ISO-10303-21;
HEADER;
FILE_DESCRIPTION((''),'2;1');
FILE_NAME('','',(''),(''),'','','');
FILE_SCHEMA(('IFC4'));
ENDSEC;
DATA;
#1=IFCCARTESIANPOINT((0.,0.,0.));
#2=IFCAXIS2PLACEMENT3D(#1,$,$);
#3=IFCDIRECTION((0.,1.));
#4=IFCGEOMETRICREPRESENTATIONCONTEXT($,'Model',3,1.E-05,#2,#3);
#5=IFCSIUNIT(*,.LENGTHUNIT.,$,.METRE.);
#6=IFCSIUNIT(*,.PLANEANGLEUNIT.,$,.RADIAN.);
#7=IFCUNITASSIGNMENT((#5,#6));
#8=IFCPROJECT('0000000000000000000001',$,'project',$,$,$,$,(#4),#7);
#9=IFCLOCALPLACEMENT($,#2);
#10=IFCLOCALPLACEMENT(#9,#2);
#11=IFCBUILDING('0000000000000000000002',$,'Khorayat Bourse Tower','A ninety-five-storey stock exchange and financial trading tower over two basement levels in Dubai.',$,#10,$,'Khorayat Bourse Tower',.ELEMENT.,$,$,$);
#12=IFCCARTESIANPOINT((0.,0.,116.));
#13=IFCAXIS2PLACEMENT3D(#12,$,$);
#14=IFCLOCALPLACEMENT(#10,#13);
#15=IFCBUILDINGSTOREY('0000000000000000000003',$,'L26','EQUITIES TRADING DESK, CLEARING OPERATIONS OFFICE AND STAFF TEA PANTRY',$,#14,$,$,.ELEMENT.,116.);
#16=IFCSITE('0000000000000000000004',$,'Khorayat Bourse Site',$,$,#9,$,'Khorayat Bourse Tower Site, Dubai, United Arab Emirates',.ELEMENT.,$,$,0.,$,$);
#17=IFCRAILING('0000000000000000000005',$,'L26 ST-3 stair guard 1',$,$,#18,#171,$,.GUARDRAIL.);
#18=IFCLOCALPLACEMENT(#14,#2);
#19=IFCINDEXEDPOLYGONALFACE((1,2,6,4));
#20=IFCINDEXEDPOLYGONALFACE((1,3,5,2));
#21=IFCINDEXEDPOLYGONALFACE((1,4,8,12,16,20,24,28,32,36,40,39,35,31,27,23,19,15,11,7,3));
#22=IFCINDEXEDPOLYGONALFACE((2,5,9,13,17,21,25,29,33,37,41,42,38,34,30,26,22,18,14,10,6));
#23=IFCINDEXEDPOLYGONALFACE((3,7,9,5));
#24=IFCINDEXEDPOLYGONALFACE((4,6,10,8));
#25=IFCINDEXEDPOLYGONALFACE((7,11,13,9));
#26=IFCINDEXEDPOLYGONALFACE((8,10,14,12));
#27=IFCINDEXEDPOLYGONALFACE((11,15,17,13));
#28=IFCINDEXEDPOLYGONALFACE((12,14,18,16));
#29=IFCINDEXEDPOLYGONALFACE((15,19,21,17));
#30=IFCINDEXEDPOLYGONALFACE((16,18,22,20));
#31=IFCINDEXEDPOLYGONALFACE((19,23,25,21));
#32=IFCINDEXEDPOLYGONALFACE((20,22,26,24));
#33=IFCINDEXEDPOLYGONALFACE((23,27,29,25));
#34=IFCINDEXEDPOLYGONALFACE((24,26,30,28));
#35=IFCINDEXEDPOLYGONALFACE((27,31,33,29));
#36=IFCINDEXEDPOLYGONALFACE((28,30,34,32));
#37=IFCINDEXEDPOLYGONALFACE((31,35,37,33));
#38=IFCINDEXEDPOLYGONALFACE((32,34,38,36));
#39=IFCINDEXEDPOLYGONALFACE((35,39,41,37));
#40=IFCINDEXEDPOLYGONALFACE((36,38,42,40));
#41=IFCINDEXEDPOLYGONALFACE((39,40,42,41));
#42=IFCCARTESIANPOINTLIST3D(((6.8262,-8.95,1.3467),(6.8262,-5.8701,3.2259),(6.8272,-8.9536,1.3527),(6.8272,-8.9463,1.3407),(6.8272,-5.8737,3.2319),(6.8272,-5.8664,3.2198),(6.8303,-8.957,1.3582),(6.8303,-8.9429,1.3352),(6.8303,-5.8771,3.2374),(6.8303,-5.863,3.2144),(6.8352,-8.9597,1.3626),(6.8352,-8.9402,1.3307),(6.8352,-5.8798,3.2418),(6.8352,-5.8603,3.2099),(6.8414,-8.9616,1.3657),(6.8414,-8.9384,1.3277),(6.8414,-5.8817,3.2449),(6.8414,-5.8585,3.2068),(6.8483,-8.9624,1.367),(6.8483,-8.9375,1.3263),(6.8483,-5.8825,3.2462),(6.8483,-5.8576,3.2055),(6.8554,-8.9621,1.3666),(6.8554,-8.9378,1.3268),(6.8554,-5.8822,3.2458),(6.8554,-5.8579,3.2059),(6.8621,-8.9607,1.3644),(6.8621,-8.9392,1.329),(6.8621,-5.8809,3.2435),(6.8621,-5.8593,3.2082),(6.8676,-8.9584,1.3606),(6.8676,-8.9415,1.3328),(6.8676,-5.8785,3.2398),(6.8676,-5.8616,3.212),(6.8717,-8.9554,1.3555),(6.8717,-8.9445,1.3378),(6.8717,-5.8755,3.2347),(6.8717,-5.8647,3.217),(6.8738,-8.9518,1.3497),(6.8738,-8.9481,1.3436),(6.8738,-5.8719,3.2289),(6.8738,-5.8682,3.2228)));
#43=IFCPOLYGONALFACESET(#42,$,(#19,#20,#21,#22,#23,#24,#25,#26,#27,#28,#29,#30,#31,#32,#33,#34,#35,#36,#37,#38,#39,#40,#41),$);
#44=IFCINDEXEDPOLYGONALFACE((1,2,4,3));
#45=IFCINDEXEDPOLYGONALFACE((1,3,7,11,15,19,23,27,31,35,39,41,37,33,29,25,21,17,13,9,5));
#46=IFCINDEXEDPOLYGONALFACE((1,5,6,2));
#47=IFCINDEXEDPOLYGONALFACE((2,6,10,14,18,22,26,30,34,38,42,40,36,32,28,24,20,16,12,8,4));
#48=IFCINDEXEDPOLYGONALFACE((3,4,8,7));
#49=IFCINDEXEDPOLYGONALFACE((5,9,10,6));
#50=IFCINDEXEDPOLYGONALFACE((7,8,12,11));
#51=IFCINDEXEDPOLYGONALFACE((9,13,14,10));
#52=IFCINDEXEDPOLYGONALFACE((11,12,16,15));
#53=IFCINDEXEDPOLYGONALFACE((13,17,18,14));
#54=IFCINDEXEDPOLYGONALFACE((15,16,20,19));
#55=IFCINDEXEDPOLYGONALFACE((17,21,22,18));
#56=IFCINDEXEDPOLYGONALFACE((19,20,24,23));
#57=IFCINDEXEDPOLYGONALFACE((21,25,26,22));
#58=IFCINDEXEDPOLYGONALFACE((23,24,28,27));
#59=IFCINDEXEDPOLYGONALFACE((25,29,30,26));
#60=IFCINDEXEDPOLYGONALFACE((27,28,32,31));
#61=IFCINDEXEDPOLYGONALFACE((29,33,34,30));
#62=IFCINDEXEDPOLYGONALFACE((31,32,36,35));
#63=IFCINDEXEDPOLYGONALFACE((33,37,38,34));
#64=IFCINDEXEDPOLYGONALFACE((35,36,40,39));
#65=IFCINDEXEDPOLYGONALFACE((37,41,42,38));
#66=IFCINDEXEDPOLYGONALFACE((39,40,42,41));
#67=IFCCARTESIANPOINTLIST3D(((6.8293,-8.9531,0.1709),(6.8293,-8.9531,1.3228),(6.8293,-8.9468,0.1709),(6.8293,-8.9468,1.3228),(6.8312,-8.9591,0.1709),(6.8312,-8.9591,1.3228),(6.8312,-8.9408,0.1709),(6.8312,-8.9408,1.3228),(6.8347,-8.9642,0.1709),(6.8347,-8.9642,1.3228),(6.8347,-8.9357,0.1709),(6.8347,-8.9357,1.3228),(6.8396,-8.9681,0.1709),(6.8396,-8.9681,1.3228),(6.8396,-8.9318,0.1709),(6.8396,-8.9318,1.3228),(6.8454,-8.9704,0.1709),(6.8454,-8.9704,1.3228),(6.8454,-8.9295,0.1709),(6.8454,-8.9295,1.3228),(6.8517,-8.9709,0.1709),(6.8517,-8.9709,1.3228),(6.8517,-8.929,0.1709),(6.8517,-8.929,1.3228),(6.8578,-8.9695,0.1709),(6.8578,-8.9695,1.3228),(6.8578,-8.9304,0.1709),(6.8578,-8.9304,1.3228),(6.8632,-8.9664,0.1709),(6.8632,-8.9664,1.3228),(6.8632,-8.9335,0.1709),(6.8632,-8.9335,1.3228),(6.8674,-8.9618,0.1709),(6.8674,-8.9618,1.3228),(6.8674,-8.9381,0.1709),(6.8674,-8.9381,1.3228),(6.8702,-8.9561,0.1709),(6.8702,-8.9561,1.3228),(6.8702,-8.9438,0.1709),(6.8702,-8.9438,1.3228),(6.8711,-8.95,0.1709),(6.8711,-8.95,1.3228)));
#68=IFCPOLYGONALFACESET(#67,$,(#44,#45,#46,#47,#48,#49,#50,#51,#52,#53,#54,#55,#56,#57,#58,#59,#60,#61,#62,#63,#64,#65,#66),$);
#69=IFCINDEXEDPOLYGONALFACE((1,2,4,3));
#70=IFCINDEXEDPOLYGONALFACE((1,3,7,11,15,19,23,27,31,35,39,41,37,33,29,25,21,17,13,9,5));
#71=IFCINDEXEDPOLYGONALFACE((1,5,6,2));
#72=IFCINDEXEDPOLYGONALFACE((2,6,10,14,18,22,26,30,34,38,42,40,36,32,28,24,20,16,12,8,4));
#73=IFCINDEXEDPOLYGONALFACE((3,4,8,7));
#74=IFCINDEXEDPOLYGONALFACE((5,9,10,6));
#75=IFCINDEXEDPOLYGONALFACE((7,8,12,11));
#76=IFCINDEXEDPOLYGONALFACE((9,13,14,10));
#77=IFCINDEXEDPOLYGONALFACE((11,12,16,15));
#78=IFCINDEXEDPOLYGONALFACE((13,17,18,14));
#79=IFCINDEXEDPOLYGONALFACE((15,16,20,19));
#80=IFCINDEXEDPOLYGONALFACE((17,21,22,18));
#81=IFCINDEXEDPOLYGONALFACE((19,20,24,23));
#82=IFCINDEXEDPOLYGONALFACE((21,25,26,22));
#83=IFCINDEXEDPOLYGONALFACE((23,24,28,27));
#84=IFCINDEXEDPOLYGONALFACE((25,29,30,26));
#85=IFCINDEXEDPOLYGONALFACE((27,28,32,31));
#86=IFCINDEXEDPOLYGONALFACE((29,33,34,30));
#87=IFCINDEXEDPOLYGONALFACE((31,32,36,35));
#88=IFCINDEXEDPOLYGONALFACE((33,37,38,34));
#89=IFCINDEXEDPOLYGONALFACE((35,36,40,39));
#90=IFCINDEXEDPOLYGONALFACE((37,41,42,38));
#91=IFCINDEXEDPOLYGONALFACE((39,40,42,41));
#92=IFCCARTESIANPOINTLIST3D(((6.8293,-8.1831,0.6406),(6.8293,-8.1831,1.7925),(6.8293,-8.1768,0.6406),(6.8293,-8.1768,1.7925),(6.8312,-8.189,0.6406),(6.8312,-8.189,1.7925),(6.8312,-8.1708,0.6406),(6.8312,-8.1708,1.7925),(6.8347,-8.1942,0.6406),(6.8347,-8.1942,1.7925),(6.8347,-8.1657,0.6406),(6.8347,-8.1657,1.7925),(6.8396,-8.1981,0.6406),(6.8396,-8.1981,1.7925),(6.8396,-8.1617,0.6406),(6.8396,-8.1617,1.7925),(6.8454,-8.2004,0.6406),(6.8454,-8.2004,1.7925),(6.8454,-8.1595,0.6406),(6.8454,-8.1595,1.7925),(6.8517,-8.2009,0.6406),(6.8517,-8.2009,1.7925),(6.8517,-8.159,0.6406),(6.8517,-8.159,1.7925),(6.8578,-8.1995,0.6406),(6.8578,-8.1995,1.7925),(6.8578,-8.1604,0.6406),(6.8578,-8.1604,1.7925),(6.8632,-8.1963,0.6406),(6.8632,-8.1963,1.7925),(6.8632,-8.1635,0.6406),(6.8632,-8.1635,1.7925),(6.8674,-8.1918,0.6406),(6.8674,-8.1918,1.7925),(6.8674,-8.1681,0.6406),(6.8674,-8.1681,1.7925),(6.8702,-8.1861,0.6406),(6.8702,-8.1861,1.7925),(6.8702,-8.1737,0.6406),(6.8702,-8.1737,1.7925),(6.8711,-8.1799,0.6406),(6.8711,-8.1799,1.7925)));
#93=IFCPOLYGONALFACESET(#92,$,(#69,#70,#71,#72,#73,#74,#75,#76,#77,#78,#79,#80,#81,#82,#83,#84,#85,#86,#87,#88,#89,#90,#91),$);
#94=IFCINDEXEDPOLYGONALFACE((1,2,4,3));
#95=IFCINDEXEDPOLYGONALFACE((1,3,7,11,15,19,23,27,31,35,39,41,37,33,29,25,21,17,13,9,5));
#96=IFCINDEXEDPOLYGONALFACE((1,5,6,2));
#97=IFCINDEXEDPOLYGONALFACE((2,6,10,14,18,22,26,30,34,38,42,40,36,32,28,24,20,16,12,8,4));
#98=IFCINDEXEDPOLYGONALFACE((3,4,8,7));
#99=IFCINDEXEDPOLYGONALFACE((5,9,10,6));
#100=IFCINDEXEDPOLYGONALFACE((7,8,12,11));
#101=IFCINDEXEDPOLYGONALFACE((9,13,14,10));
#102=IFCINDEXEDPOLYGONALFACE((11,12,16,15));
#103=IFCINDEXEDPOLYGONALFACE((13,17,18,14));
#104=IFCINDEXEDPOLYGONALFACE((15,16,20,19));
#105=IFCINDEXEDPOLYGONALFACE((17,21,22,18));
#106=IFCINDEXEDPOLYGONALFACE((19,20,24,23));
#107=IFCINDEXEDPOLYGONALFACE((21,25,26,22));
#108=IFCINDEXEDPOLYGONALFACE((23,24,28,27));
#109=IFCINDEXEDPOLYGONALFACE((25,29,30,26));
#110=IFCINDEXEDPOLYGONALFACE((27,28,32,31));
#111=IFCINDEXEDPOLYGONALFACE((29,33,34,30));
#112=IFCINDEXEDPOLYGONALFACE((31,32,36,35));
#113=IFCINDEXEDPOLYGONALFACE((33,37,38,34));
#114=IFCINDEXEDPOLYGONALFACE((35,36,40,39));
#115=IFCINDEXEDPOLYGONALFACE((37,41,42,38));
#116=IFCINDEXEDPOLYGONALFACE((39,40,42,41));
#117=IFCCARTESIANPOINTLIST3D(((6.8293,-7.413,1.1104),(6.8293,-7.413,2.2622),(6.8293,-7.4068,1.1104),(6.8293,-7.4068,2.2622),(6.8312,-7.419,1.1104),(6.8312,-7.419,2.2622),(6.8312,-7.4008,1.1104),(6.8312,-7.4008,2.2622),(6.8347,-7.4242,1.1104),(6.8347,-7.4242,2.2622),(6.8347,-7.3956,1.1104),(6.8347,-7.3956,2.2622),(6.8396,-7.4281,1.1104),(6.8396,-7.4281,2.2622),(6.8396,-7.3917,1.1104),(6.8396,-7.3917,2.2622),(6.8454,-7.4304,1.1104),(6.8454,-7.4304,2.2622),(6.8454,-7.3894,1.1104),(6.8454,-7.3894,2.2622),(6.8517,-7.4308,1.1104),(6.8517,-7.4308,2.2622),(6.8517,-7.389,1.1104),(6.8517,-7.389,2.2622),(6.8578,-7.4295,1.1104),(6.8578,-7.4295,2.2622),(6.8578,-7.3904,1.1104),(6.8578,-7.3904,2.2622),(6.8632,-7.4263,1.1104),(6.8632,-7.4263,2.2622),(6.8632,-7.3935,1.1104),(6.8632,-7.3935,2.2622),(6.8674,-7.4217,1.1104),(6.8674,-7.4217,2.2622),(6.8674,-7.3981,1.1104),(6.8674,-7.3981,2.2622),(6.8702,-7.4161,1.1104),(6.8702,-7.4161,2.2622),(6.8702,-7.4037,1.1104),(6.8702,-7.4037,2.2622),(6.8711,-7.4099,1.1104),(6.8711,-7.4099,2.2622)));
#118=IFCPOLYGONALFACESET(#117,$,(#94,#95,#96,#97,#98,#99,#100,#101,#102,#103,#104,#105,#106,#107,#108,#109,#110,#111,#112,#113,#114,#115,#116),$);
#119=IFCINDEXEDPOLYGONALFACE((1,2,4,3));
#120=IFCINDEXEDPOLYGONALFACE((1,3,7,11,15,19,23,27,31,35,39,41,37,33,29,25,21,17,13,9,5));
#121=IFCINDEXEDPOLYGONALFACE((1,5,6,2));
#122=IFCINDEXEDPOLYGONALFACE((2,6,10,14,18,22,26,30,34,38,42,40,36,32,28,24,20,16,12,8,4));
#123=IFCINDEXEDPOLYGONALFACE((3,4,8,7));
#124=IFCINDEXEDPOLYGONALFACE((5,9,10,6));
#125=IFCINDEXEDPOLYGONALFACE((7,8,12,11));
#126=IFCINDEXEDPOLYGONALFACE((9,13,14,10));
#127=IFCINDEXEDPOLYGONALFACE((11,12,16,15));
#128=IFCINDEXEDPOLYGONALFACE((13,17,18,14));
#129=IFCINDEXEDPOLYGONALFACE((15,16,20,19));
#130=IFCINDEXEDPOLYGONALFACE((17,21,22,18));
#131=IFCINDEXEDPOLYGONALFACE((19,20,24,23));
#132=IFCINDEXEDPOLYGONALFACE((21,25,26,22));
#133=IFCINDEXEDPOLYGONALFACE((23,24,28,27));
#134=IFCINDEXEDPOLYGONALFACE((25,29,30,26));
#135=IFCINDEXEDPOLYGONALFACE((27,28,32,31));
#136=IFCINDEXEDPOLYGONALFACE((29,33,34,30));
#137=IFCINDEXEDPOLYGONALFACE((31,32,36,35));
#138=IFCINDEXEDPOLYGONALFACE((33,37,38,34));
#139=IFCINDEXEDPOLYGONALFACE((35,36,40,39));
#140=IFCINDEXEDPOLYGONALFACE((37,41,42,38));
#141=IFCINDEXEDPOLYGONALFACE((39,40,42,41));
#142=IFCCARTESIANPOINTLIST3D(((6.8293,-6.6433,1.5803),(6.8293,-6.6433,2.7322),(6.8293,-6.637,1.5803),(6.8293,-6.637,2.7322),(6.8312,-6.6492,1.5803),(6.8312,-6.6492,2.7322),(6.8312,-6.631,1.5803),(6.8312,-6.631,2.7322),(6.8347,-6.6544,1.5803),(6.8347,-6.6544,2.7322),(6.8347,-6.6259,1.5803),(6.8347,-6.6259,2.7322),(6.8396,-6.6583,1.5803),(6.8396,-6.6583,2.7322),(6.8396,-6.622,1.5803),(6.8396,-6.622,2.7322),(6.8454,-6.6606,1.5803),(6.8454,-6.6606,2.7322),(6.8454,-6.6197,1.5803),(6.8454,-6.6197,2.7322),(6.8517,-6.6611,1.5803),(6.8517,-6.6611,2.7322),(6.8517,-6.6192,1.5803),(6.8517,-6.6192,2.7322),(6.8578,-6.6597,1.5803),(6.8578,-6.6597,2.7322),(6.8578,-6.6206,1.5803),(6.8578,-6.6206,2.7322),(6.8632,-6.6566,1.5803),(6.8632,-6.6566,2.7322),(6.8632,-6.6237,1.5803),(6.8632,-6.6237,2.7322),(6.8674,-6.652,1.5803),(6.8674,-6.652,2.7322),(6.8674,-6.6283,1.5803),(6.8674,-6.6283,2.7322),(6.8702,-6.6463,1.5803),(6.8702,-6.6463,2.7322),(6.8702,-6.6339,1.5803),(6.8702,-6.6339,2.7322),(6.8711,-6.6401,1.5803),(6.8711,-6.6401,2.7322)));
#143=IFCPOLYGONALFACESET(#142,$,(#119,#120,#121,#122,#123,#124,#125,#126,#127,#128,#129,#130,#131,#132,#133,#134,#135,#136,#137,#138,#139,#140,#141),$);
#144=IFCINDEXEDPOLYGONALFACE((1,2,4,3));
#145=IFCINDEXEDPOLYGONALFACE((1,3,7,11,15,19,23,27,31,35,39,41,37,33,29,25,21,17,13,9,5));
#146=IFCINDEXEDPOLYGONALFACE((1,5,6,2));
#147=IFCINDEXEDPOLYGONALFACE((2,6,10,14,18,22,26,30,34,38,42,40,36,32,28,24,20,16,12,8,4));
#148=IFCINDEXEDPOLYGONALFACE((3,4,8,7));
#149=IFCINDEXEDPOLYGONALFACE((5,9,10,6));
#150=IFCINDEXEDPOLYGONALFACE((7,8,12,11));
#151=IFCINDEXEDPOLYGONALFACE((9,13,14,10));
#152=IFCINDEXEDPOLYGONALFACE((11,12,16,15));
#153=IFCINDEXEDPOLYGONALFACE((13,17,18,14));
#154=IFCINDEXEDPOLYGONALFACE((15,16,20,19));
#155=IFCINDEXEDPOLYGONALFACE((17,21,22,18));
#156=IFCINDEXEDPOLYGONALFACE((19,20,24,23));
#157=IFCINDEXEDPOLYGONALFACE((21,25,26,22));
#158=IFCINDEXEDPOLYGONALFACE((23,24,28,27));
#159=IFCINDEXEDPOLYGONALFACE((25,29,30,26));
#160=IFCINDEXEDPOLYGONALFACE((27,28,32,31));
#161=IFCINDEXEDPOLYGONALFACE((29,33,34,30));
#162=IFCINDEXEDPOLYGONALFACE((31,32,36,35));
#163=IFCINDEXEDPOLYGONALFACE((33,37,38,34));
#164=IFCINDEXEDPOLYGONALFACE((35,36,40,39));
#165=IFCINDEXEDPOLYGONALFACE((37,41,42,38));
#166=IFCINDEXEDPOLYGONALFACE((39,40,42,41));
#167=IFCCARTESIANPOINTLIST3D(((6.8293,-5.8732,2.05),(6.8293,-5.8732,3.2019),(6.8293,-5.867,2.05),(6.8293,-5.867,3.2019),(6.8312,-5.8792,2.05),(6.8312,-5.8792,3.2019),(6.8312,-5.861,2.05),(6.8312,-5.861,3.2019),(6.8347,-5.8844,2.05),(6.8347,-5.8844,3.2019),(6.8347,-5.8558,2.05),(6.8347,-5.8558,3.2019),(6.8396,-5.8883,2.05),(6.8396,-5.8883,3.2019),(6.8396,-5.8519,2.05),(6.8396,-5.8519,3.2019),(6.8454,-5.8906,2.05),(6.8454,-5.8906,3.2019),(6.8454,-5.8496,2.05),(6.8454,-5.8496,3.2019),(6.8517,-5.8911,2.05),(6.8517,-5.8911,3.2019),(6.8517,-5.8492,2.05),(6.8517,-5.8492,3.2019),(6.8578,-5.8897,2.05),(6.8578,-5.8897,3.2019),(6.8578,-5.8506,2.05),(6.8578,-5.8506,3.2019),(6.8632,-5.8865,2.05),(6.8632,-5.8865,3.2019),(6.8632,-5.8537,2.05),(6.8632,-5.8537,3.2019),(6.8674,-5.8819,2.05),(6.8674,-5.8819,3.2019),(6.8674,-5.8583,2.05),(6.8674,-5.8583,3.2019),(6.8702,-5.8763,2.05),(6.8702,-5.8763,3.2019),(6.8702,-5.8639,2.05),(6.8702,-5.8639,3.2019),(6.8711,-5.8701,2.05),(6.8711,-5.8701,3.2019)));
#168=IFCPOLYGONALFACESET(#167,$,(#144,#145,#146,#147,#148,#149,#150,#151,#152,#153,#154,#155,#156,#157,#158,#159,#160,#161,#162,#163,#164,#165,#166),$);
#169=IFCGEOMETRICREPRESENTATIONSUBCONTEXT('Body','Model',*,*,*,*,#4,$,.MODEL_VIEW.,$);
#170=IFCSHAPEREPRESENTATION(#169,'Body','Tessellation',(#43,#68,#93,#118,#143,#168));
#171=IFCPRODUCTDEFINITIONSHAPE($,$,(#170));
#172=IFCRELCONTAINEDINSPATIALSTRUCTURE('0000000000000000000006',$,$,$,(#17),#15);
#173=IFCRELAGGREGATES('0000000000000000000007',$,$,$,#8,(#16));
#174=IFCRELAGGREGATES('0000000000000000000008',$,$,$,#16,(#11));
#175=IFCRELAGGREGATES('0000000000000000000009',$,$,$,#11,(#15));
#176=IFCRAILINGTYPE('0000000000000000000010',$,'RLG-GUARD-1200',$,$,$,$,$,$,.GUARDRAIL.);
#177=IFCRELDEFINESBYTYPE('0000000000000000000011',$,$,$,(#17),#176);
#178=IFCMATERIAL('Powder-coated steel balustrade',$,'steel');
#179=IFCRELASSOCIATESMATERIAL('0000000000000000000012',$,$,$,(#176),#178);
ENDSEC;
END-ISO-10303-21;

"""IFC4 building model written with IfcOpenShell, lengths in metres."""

from ifc_helpers import new_model, si_unit, direction, frame, origin, origin_2d, place, context, subcontext, project, spatial, circle, extrude, source, transform, mapped, material, type_object, element, save


model = new_model("IFC4")

# Units and contexts
model_context = context("Model", 3, precision=1e-05, world=origin(), true_north=direction((0.0, 1.0)))
body_context = subcontext(model_context, "Body", "Model", "MODEL_VIEW")
ifc_project = project(units=[si_unit("LENGTHUNIT", "METRE"), si_unit("PLANEANGLEUNIT", "RADIAN")], contexts=[model_context])

# Site, building, storey
site_placement = place(None, origin())
site = spatial("IfcSite", under=ifc_project, at=site_placement, Name="Khorayat Bourse Site", LongName="Khorayat Bourse Tower Site, Dubai, United Arab Emirates", CompositionType="ELEMENT", RefElevation=0.0)
building_placement = place(site_placement, origin())
building = spatial("IfcBuilding", under=site, at=building_placement, Name="Khorayat Bourse Tower", Description="A ninety-five-storey stock exchange and financial trading tower over two basement levels in Dubai.", LongName="Khorayat Bourse Tower", CompositionType="ELEMENT")
storey_placement = place(building_placement, frame((0.0, 0.0, 116.0)))
storey = spatial("IfcBuildingStorey", under=building, at=storey_placement, Name="L26", Description="EQUITIES TRADING DESK, CLEARING OPERATIONS OFFICE AND STAFF TEA PANTRY", CompositionType="ELEMENT", Elevation=116.0)

# Railing
ifc_material_1 = material(Name="Powder-coated steel balustrade", Category="steel")
railing_type_1 = type_object("IfcRailingType", Name="RLG-GUARD-1200", PredefinedType="GUARDRAIL", material=ifc_material_1)
shared_shape_1 = source(origin(), body_context, "Body", "SweptSolid", [
    extrude(circle(Radius=0.0239, at=origin_2d()), frame((0.0, 0.0, 1.1758), z_axis=(0.0, 0.853648, 0.52085), x_axis=(-1.0, 0.0, 0.0)), (0.0, 0.0, 1.0), 3.6079),
    extrude(circle(Radius=0.021, at=origin_2d()), origin(), (0.0, 0.0, 1.0), 1.1519),
    extrude(circle(Radius=0.021, at=origin_2d()), frame((0.0, 0.77, 0.4697)), (0.0, 0.0, 1.0), 1.1519),
    extrude(circle(Radius=0.021, at=origin_2d()), frame((0.0, 1.54, 0.9395)), (0.0, 0.0, 1.0), 1.1519),
    extrude(circle(Radius=0.021, at=origin_2d()), frame((0.0, 2.3098, 1.4094)), (0.0, 0.0, 1.0), 1.1519),
    extrude(circle(Radius=0.021, at=origin_2d()), frame((0.0, 3.0798, 1.8792)), (0.0, 0.0, 1.0), 1.1519),
])
railing_1_placement = place(storey_placement, frame((6.8501, -8.95, 0.1709)))
element("IfcRailing", 1, at=railing_1_placement, inside=storey, type_object=railing_type_1, Name="L26 ST-3 stair guard 1", PredefinedType="GUARDRAIL", context=body_context, shape_type="MappedRepresentation", body=[
    mapped(shared_shape_1, transform((0.0, 0.0, 0.0), scale=1.0)),
])

save(model, "model.ifc")
